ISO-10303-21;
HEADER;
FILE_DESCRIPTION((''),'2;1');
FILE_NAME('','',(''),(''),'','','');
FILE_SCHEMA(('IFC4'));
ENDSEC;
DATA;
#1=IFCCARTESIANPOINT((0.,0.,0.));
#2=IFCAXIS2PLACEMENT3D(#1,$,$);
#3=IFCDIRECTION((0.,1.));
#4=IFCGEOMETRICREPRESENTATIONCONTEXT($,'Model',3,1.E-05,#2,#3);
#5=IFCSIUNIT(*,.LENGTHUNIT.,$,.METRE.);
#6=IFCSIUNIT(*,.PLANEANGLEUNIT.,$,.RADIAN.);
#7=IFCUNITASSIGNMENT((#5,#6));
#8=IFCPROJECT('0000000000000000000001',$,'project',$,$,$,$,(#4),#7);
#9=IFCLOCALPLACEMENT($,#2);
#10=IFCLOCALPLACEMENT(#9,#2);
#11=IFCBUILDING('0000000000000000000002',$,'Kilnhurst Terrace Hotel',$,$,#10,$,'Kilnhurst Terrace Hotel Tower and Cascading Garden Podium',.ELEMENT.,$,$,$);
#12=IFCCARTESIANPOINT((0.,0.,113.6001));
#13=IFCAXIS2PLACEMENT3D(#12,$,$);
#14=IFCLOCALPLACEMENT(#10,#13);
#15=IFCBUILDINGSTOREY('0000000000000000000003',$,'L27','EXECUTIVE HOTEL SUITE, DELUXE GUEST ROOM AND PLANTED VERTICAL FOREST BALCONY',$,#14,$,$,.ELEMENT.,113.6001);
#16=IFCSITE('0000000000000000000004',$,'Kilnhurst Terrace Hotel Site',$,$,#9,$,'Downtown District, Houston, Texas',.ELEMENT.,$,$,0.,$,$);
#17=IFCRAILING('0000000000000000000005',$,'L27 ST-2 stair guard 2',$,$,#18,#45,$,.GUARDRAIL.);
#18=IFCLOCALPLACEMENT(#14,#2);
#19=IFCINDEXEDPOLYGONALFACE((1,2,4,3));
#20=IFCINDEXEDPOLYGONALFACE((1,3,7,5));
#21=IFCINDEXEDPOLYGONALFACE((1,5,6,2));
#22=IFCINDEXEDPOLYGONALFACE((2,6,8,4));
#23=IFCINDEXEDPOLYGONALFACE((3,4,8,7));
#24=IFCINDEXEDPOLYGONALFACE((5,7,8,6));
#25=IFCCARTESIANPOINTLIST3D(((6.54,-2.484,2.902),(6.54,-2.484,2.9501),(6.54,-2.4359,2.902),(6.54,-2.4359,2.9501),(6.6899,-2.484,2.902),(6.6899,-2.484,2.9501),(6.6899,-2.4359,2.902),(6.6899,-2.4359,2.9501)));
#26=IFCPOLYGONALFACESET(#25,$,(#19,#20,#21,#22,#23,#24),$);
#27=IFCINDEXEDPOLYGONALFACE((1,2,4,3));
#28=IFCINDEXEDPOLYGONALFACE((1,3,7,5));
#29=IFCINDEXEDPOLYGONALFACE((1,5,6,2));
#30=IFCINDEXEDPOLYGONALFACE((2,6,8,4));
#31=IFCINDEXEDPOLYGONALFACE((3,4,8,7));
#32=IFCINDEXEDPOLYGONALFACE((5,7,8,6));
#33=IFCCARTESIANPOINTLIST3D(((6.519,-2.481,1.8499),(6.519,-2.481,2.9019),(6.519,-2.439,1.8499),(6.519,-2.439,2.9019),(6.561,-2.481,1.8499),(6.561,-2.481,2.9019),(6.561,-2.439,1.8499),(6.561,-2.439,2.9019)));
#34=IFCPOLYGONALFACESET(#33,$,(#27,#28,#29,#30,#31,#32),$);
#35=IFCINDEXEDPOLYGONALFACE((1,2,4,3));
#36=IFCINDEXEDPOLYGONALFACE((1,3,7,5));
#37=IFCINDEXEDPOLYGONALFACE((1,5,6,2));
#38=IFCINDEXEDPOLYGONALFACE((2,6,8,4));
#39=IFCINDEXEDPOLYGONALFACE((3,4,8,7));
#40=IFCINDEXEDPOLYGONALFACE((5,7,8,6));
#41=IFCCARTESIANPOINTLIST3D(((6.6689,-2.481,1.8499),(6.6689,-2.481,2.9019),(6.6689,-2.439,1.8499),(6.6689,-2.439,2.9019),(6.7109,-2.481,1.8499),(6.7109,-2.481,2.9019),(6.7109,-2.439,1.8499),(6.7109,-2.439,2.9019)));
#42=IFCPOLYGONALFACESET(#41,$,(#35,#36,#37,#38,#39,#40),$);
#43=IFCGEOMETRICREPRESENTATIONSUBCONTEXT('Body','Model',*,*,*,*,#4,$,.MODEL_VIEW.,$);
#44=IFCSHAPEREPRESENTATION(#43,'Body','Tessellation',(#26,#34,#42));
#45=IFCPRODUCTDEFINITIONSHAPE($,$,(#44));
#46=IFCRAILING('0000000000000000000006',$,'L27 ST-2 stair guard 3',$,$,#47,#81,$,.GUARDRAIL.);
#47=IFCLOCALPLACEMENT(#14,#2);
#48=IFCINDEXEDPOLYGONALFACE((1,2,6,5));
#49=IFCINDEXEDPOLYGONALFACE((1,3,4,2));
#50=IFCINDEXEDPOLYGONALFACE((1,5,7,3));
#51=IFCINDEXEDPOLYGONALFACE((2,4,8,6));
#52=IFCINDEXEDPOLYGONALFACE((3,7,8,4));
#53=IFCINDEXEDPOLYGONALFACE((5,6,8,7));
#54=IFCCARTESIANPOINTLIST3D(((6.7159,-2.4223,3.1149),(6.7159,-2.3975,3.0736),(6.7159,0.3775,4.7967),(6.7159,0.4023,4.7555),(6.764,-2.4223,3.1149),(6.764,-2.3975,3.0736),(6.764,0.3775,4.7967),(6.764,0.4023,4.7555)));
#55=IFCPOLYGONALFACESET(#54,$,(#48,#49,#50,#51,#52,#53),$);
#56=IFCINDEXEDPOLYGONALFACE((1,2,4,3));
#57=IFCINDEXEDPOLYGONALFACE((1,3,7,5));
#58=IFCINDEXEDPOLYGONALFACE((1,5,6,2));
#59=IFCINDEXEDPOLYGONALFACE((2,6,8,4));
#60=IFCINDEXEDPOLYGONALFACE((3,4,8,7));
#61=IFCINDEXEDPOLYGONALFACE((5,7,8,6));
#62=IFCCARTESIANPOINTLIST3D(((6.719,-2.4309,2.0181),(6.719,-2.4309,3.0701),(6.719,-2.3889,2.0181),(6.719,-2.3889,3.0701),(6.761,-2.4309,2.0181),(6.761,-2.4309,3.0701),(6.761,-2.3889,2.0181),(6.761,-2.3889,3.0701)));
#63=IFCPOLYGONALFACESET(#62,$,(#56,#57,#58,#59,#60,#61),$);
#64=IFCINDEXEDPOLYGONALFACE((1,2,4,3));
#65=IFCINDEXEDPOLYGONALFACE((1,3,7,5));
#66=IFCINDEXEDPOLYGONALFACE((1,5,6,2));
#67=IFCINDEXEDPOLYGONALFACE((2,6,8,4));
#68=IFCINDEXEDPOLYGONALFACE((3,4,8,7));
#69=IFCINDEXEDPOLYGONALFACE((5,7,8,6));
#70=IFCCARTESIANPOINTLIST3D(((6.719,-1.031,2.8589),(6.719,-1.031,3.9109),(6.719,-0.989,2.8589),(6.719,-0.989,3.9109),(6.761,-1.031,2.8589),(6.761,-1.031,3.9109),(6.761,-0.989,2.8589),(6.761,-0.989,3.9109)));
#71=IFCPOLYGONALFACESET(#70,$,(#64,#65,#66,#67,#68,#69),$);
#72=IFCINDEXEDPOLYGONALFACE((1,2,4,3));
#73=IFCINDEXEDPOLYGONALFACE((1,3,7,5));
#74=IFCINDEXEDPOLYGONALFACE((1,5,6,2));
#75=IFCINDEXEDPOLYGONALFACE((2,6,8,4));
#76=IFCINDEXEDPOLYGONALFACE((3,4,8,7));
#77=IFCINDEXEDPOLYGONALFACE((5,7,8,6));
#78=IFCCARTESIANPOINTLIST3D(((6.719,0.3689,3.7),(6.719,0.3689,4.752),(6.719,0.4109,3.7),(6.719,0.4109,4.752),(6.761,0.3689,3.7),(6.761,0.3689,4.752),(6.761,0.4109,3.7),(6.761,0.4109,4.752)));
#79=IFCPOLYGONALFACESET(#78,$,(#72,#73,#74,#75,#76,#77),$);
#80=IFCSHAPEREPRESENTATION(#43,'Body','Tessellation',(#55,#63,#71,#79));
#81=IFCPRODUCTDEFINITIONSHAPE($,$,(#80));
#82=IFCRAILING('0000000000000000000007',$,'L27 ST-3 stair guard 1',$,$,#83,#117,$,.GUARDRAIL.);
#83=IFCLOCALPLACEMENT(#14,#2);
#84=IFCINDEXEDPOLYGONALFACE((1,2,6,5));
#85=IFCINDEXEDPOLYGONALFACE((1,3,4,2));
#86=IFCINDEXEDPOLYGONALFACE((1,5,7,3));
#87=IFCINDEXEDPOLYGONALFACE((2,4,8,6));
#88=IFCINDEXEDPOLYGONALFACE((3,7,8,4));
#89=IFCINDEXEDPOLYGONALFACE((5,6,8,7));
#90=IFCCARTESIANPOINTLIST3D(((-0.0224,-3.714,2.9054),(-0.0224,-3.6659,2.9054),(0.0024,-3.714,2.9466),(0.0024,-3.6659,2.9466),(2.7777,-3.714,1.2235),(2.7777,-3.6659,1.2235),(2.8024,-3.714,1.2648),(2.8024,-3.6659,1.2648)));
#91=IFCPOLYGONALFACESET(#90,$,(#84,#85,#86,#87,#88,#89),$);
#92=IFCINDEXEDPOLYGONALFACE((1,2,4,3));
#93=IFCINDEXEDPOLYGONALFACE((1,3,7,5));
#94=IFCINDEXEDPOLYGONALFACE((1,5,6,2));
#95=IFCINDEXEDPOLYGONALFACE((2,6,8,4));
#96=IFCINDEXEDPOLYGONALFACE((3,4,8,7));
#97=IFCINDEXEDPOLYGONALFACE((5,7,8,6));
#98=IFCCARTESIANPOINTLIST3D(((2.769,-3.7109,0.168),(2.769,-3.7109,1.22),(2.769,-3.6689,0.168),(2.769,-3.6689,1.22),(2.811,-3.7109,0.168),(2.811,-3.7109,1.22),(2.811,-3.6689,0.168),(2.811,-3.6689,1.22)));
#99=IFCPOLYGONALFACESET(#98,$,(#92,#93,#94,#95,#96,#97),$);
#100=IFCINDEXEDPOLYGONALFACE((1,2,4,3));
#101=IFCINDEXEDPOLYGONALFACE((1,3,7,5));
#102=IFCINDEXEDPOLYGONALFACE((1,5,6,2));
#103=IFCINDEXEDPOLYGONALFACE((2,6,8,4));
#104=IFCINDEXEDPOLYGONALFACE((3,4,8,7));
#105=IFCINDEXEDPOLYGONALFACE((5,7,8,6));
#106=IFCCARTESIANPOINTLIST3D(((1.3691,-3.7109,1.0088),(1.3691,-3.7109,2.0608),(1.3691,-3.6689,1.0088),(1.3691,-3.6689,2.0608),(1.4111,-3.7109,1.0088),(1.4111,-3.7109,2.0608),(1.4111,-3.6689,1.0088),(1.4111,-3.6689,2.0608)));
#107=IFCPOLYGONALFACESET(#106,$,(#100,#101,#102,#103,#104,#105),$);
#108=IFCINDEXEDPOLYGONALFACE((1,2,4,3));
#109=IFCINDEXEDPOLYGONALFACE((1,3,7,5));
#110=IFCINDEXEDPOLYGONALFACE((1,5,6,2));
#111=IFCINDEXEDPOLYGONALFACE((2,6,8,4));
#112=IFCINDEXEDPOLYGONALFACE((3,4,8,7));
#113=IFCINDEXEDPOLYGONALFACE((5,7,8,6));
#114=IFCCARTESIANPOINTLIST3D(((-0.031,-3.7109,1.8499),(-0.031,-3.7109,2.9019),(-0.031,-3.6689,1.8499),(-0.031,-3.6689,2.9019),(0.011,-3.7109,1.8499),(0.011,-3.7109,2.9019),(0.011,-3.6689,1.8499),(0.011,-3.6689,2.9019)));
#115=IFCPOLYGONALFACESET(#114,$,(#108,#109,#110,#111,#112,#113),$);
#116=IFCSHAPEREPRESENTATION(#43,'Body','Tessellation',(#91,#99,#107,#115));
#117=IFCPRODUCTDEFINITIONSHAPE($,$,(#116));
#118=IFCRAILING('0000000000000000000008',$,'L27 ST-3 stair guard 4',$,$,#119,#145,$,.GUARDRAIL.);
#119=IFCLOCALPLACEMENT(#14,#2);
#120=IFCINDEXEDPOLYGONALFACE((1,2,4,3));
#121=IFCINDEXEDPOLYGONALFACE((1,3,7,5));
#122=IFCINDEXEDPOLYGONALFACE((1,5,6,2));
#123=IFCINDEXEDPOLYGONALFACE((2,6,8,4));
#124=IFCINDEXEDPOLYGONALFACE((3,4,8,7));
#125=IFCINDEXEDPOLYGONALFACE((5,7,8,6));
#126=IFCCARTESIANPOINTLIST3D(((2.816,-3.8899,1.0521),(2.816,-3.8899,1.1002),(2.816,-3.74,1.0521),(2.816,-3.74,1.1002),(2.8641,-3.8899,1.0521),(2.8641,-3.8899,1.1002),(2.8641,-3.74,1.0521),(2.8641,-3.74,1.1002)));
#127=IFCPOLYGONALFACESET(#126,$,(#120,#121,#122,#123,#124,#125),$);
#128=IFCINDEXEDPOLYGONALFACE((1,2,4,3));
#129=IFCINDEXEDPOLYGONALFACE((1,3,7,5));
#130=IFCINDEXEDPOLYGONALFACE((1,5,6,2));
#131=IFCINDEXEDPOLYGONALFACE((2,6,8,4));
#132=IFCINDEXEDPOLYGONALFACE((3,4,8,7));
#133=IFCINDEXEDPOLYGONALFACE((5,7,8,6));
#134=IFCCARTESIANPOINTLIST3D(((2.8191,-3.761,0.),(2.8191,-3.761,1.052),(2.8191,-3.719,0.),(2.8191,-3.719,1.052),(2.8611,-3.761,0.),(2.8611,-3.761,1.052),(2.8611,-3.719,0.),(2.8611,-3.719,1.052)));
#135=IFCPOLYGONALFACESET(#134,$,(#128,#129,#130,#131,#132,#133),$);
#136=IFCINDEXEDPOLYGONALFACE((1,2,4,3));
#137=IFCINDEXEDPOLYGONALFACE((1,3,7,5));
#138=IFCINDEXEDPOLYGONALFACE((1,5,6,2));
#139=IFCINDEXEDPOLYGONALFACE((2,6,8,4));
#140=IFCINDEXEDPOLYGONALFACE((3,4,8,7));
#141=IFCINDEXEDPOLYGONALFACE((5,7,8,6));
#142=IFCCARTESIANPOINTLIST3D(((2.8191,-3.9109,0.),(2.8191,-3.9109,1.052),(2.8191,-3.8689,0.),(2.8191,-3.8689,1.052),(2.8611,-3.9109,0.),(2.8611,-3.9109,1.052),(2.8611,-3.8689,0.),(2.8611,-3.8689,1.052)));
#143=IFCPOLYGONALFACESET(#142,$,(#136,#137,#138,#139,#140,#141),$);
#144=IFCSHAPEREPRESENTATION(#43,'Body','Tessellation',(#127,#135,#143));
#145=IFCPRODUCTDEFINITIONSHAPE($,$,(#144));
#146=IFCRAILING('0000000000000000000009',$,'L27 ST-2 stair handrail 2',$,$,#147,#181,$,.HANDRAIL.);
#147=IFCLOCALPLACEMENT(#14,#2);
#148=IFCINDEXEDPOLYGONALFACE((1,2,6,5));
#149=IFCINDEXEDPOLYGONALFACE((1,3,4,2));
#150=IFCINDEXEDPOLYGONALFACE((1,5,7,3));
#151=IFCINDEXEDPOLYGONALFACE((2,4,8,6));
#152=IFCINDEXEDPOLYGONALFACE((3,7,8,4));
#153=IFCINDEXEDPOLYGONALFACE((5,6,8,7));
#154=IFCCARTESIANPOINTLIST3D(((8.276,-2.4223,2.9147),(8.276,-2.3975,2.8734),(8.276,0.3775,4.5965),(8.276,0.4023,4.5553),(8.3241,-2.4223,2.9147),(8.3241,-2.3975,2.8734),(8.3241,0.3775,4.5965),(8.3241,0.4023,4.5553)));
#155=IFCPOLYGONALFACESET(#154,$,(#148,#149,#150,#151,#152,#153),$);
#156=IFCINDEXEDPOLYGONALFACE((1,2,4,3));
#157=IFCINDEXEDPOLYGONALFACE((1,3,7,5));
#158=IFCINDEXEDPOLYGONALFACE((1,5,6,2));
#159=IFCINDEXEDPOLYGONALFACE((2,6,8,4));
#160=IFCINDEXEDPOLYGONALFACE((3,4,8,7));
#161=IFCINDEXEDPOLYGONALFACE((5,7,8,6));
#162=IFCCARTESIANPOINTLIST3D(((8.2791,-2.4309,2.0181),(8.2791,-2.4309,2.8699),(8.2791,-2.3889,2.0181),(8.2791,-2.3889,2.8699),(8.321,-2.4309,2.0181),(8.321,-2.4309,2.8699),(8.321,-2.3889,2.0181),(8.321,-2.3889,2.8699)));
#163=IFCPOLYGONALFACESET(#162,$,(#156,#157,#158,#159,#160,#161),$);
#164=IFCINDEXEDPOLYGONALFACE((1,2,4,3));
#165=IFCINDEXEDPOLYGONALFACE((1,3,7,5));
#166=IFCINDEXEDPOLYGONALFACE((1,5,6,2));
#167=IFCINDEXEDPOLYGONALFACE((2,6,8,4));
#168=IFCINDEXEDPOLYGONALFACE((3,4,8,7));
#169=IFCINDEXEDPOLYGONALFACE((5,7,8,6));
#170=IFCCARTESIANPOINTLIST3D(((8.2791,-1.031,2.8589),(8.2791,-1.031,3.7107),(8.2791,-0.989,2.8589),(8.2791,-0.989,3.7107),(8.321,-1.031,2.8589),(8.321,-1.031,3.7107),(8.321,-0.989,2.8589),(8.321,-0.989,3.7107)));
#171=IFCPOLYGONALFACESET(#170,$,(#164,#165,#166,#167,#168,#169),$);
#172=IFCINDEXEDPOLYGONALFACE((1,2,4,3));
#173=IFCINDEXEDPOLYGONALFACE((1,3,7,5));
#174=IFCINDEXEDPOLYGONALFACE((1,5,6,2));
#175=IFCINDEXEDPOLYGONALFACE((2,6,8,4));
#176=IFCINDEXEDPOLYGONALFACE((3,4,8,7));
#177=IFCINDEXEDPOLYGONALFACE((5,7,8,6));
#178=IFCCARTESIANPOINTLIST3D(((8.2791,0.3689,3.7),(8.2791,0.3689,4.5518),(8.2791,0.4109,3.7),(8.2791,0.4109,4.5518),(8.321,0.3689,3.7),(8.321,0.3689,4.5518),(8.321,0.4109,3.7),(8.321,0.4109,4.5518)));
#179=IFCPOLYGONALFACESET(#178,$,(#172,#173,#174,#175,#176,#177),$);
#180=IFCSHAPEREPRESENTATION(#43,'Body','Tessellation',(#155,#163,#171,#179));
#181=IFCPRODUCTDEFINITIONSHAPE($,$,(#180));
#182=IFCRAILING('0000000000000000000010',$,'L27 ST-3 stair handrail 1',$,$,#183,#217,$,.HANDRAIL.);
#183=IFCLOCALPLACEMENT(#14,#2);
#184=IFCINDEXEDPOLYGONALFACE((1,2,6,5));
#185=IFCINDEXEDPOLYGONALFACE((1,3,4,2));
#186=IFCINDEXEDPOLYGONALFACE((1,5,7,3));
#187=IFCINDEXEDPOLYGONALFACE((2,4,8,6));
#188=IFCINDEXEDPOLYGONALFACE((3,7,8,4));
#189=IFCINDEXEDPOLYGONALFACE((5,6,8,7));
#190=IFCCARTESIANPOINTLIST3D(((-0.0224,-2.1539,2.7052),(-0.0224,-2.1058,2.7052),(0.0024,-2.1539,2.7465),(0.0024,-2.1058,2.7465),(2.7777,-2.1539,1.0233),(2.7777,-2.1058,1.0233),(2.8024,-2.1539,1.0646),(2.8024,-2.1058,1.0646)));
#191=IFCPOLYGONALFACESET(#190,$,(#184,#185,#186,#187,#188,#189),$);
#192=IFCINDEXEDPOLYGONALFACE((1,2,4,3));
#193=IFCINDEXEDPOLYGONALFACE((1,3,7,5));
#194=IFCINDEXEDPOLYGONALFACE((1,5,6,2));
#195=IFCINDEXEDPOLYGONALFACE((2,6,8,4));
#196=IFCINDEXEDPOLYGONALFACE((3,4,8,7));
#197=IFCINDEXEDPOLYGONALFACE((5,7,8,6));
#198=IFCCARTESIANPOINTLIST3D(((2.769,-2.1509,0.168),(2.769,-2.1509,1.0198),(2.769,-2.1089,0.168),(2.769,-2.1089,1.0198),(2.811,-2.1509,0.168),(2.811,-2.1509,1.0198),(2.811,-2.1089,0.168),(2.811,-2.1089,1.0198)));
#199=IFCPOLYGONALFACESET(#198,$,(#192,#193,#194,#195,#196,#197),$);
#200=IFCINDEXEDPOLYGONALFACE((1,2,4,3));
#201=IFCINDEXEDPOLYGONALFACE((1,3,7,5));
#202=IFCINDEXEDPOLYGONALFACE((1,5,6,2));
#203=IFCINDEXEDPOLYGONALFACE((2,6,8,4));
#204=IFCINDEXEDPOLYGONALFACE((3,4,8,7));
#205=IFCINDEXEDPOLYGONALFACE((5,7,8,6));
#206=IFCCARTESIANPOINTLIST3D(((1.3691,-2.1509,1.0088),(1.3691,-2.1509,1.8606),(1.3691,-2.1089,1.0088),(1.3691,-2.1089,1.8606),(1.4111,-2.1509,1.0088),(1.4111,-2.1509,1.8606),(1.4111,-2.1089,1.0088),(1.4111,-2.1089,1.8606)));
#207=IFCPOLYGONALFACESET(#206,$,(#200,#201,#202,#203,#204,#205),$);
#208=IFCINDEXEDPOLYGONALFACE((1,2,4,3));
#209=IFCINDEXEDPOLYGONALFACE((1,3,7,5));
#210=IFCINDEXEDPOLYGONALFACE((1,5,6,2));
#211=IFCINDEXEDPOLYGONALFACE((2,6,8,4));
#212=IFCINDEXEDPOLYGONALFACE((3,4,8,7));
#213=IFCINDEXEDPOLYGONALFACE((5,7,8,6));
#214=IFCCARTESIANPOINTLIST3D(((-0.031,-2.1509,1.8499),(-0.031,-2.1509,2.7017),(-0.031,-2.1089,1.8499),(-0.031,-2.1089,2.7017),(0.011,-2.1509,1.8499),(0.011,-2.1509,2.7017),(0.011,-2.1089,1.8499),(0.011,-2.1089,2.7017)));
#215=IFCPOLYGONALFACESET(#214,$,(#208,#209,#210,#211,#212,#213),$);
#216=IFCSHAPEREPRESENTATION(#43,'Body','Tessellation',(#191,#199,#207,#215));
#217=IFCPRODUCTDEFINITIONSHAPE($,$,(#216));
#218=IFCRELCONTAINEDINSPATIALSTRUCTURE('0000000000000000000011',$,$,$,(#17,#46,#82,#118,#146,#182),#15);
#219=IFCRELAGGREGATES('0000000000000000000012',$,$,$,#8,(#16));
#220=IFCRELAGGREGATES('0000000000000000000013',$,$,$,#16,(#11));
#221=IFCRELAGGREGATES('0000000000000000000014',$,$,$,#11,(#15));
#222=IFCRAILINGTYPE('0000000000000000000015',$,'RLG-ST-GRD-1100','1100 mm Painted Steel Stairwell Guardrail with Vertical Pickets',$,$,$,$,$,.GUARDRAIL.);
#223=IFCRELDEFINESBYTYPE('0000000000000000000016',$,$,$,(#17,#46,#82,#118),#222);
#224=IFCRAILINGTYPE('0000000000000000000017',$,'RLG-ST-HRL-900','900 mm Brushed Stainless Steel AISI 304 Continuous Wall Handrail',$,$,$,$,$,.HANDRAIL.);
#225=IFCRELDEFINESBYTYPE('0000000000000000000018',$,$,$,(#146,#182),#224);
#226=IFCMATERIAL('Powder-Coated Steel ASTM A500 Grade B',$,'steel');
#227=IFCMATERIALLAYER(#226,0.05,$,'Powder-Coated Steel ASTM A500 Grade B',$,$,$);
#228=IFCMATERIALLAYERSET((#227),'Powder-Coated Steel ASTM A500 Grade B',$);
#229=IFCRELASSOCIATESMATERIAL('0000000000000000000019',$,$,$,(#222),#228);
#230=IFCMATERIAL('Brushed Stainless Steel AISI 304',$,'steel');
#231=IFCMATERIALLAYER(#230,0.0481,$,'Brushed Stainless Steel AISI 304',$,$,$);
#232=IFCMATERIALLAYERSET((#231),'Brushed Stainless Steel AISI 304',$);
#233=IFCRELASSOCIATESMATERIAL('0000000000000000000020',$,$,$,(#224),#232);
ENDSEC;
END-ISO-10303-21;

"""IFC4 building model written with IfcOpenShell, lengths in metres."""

from ifc_helpers import new_model, si_unit, direction, frame, origin, origin_2d, place, context, subcontext, project, spatial, rectangle, extrude, material, layer, layer_set, type_object, element, save


model = new_model("IFC4")

# Units and contexts
model_context = context("Model", 3, precision=1e-05, world=origin(), true_north=direction((0.0, 1.0)))
body_context = subcontext(model_context, "Body", "Model", "MODEL_VIEW")
ifc_project = project(units=[si_unit("LENGTHUNIT", "METRE"), si_unit("PLANEANGLEUNIT", "RADIAN")], contexts=[model_context])

# Site, building, storey
site_placement = place(None, origin())
site = spatial("IfcSite", under=ifc_project, at=site_placement, Name="Kilnhurst Terrace Hotel Site", LongName="Downtown District, Houston, Texas", CompositionType="ELEMENT", RefElevation=0.0)
building_placement = place(site_placement, origin())
building = spatial("IfcBuilding", under=site, at=building_placement, Name="Kilnhurst Terrace Hotel", LongName="Kilnhurst Terrace Hotel Tower and Cascading Garden Podium", CompositionType="ELEMENT")
storey_placement = place(building_placement, frame((0.0, 0.0, 113.6001)))
storey = spatial("IfcBuildingStorey", under=building, at=storey_placement, Name="L27", Description="EXECUTIVE HOTEL SUITE, DELUXE GUEST ROOM AND PLANTED VERTICAL FOREST BALCONY", CompositionType="ELEMENT", Elevation=113.6001)

# Railings
ifc_material_1 = material(Name="Powder-Coated Steel ASTM A500 Grade B", Category="steel")
ifc_layer_1 = layer(ifc_material_1, 0.05, Name="Powder-Coated Steel ASTM A500 Grade B")
ifc_layer_set_1 = layer_set([ifc_layer_1], Name="Powder-Coated Steel ASTM A500 Grade B")
railing_type_1 = type_object("IfcRailingType", Name="RLG-ST-GRD-1100", Description="1100 mm Painted Steel Stairwell Guardrail with Vertical Pickets", PredefinedType="GUARDRAIL", material=ifc_layer_set_1)
railing_1_placement = place(storey_placement, frame((6.54, -2.46, 1.8499)))
element("IfcRailing", 1, at=railing_1_placement, inside=storey, type_object=railing_type_1, Name="L27 ST-2 stair guard 2", PredefinedType="GUARDRAIL", context=body_context, shape_type="SweptSolid", body=[
    extrude(rectangle(XDim=0.0481, YDim=0.0481, at=origin_2d()), frame((0.0, 0.0, 1.0762), z_axis=(1.0, 0.0, 0.0), x_axis=(0.0, 1.0, 0.0)), (0.0, 0.0, 1.0), 0.1499),
    extrude(rectangle(XDim=0.042, YDim=0.042, at=origin_2d()), origin(), (0.0, 0.0, 1.0), 1.052),
    extrude(rectangle(XDim=0.042, YDim=0.042, at=origin_2d()), frame((0.1499, 0.0, 0.0)), (0.0, 0.0, 1.0), 1.052),
])
railing_2_placement = place(storey_placement, frame((6.74, -2.4099, 2.0181)))
element("IfcRailing", 2, at=railing_2_placement, inside=storey, type_object=railing_type_1, Name="L27 ST-2 stair guard 3", PredefinedType="GUARDRAIL", context=body_context, shape_type="SweptSolid", body=[
    extrude(rectangle(XDim=0.0481, YDim=0.0481, at=origin_2d()), frame((0.0, 0.0, 1.0762), z_axis=(0.0, 0.857222, 0.514946), x_axis=(-1.0, 0.0, 0.0)), (0.0, 0.0, 1.0), 3.2661),
    extrude(rectangle(XDim=0.042, YDim=0.042, at=origin_2d()), origin(), (0.0, 0.0, 1.0), 1.052),
    extrude(rectangle(XDim=0.042, YDim=0.042, at=origin_2d()), frame((0.0, 1.3999, 0.8408)), (0.0, 0.0, 1.0), 1.052),
    extrude(rectangle(XDim=0.042, YDim=0.042, at=origin_2d()), frame((0.0, 2.7998, 1.6819)), (0.0, 0.0, 1.0), 1.052),
])
railing_3_placement = place(storey_placement, frame((2.79, -3.6899, 0.168)))
element("IfcRailing", 3, at=railing_3_placement, inside=storey, type_object=railing_type_1, Name="L27 ST-3 stair guard 1", PredefinedType="GUARDRAIL", context=body_context, shape_type="SweptSolid", body=[
    extrude(rectangle(XDim=0.0481, YDim=0.0481, at=origin_2d()), frame((0.0, 0.0, 1.0762), z_axis=(-0.857242, 0.0, 0.514913), x_axis=(0.0, -1.0, 0.0)), (0.0, 0.0, 1.0), 3.2664),
    extrude(rectangle(XDim=0.042, YDim=0.042, at=origin_2d()), origin(), (0.0, 0.0, 1.0), 1.052),
    extrude(rectangle(XDim=0.042, YDim=0.042, at=origin_2d()), frame((-1.3999, 0.0, 0.8408)), (0.0, 0.0, 1.0), 1.052),
    extrude(rectangle(XDim=0.042, YDim=0.042, at=origin_2d()), frame((-2.8, 0.0, 1.6819)), (0.0, 0.0, 1.0), 1.052),
])
railing_4_placement = place(storey_placement, frame((2.8401, -3.74, 0.0)))
element("IfcRailing", 4, at=railing_4_placement, inside=storey, type_object=railing_type_1, Name="L27 ST-3 stair guard 4", PredefinedType="GUARDRAIL", context=body_context, shape_type="SweptSolid", body=[
    extrude(rectangle(XDim=0.0481, YDim=0.0481, at=origin_2d()), frame((0.0, 0.0, 1.0762), z_axis=(0.0, -1.0, 0.0), x_axis=(1.0, 0.0, 0.0)), (0.0, 0.0, 1.0), 0.1499),
    extrude(rectangle(XDim=0.042, YDim=0.042, at=origin_2d()), origin(), (0.0, 0.0, 1.0), 1.052),
    extrude(rectangle(XDim=0.042, YDim=0.042, at=origin_2d()), frame((0.0, -0.1499, 0.0)), (0.0, 0.0, 1.0), 1.052),
])
ifc_material_2 = material(Name="Brushed Stainless Steel AISI 304", Category="steel")
ifc_layer_2 = layer(ifc_material_2, 0.0481, Name="Brushed Stainless Steel AISI 304")
ifc_layer_set_2 = layer_set([ifc_layer_2], Name="Brushed Stainless Steel AISI 304")
railing_type_2 = type_object("IfcRailingType", Name="RLG-ST-HRL-900", Description="900 mm Brushed Stainless Steel AISI 304 Continuous Wall Handrail", PredefinedType="HANDRAIL", material=ifc_layer_set_2)
railing_5_placement = place(storey_placement, frame((8.3, -2.4099, 2.0181)))
element("IfcRailing", 5, at=railing_5_placement, inside=storey, type_object=railing_type_2, Name="L27 ST-2 stair handrail 2", PredefinedType="HANDRAIL", context=body_context, shape_type="SweptSolid", body=[
    extrude(rectangle(XDim=0.0481, YDim=0.0481, at=origin_2d()), frame((0.0, 0.0, 0.876), z_axis=(0.0, 0.857222, 0.514946), x_axis=(-1.0, 0.0, 0.0)), (0.0, 0.0, 1.0), 3.2661),
    extrude(rectangle(XDim=0.042, YDim=0.042, at=origin_2d()), origin(), (0.0, 0.0, 1.0), 0.8518),
    extrude(rectangle(XDim=0.042, YDim=0.042, at=origin_2d()), frame((0.0, 1.3999, 0.8408)), (0.0, 0.0, 1.0), 0.8518),
    extrude(rectangle(XDim=0.042, YDim=0.042, at=origin_2d()), frame((0.0, 2.7998, 1.6819)), (0.0, 0.0, 1.0), 0.8518),
])
railing_6_placement = place(storey_placement, frame((2.79, -2.1299, 0.168)))
element("IfcRailing", 6, at=railing_6_placement, inside=storey, type_object=railing_type_2, Name="L27 ST-3 stair handrail 1", PredefinedType="HANDRAIL", context=body_context, shape_type="SweptSolid", body=[
    extrude(rectangle(XDim=0.0481, YDim=0.0481, at=origin_2d()), frame((0.0, 0.0, 0.876), z_axis=(-0.857242, 0.0, 0.514913), x_axis=(0.0, -1.0, 0.0)), (0.0, 0.0, 1.0), 3.2664),
    extrude(rectangle(XDim=0.042, YDim=0.042, at=origin_2d()), origin(), (0.0, 0.0, 1.0), 0.8518),
    extrude(rectangle(XDim=0.042, YDim=0.042, at=origin_2d()), frame((-1.3999, 0.0, 0.8408)), (0.0, 0.0, 1.0), 0.8518),
    extrude(rectangle(XDim=0.042, YDim=0.042, at=origin_2d()), frame((-2.8, 0.0, 1.6819)), (0.0, 0.0, 1.0), 0.8518),
])

save(model, "model.ifc")
